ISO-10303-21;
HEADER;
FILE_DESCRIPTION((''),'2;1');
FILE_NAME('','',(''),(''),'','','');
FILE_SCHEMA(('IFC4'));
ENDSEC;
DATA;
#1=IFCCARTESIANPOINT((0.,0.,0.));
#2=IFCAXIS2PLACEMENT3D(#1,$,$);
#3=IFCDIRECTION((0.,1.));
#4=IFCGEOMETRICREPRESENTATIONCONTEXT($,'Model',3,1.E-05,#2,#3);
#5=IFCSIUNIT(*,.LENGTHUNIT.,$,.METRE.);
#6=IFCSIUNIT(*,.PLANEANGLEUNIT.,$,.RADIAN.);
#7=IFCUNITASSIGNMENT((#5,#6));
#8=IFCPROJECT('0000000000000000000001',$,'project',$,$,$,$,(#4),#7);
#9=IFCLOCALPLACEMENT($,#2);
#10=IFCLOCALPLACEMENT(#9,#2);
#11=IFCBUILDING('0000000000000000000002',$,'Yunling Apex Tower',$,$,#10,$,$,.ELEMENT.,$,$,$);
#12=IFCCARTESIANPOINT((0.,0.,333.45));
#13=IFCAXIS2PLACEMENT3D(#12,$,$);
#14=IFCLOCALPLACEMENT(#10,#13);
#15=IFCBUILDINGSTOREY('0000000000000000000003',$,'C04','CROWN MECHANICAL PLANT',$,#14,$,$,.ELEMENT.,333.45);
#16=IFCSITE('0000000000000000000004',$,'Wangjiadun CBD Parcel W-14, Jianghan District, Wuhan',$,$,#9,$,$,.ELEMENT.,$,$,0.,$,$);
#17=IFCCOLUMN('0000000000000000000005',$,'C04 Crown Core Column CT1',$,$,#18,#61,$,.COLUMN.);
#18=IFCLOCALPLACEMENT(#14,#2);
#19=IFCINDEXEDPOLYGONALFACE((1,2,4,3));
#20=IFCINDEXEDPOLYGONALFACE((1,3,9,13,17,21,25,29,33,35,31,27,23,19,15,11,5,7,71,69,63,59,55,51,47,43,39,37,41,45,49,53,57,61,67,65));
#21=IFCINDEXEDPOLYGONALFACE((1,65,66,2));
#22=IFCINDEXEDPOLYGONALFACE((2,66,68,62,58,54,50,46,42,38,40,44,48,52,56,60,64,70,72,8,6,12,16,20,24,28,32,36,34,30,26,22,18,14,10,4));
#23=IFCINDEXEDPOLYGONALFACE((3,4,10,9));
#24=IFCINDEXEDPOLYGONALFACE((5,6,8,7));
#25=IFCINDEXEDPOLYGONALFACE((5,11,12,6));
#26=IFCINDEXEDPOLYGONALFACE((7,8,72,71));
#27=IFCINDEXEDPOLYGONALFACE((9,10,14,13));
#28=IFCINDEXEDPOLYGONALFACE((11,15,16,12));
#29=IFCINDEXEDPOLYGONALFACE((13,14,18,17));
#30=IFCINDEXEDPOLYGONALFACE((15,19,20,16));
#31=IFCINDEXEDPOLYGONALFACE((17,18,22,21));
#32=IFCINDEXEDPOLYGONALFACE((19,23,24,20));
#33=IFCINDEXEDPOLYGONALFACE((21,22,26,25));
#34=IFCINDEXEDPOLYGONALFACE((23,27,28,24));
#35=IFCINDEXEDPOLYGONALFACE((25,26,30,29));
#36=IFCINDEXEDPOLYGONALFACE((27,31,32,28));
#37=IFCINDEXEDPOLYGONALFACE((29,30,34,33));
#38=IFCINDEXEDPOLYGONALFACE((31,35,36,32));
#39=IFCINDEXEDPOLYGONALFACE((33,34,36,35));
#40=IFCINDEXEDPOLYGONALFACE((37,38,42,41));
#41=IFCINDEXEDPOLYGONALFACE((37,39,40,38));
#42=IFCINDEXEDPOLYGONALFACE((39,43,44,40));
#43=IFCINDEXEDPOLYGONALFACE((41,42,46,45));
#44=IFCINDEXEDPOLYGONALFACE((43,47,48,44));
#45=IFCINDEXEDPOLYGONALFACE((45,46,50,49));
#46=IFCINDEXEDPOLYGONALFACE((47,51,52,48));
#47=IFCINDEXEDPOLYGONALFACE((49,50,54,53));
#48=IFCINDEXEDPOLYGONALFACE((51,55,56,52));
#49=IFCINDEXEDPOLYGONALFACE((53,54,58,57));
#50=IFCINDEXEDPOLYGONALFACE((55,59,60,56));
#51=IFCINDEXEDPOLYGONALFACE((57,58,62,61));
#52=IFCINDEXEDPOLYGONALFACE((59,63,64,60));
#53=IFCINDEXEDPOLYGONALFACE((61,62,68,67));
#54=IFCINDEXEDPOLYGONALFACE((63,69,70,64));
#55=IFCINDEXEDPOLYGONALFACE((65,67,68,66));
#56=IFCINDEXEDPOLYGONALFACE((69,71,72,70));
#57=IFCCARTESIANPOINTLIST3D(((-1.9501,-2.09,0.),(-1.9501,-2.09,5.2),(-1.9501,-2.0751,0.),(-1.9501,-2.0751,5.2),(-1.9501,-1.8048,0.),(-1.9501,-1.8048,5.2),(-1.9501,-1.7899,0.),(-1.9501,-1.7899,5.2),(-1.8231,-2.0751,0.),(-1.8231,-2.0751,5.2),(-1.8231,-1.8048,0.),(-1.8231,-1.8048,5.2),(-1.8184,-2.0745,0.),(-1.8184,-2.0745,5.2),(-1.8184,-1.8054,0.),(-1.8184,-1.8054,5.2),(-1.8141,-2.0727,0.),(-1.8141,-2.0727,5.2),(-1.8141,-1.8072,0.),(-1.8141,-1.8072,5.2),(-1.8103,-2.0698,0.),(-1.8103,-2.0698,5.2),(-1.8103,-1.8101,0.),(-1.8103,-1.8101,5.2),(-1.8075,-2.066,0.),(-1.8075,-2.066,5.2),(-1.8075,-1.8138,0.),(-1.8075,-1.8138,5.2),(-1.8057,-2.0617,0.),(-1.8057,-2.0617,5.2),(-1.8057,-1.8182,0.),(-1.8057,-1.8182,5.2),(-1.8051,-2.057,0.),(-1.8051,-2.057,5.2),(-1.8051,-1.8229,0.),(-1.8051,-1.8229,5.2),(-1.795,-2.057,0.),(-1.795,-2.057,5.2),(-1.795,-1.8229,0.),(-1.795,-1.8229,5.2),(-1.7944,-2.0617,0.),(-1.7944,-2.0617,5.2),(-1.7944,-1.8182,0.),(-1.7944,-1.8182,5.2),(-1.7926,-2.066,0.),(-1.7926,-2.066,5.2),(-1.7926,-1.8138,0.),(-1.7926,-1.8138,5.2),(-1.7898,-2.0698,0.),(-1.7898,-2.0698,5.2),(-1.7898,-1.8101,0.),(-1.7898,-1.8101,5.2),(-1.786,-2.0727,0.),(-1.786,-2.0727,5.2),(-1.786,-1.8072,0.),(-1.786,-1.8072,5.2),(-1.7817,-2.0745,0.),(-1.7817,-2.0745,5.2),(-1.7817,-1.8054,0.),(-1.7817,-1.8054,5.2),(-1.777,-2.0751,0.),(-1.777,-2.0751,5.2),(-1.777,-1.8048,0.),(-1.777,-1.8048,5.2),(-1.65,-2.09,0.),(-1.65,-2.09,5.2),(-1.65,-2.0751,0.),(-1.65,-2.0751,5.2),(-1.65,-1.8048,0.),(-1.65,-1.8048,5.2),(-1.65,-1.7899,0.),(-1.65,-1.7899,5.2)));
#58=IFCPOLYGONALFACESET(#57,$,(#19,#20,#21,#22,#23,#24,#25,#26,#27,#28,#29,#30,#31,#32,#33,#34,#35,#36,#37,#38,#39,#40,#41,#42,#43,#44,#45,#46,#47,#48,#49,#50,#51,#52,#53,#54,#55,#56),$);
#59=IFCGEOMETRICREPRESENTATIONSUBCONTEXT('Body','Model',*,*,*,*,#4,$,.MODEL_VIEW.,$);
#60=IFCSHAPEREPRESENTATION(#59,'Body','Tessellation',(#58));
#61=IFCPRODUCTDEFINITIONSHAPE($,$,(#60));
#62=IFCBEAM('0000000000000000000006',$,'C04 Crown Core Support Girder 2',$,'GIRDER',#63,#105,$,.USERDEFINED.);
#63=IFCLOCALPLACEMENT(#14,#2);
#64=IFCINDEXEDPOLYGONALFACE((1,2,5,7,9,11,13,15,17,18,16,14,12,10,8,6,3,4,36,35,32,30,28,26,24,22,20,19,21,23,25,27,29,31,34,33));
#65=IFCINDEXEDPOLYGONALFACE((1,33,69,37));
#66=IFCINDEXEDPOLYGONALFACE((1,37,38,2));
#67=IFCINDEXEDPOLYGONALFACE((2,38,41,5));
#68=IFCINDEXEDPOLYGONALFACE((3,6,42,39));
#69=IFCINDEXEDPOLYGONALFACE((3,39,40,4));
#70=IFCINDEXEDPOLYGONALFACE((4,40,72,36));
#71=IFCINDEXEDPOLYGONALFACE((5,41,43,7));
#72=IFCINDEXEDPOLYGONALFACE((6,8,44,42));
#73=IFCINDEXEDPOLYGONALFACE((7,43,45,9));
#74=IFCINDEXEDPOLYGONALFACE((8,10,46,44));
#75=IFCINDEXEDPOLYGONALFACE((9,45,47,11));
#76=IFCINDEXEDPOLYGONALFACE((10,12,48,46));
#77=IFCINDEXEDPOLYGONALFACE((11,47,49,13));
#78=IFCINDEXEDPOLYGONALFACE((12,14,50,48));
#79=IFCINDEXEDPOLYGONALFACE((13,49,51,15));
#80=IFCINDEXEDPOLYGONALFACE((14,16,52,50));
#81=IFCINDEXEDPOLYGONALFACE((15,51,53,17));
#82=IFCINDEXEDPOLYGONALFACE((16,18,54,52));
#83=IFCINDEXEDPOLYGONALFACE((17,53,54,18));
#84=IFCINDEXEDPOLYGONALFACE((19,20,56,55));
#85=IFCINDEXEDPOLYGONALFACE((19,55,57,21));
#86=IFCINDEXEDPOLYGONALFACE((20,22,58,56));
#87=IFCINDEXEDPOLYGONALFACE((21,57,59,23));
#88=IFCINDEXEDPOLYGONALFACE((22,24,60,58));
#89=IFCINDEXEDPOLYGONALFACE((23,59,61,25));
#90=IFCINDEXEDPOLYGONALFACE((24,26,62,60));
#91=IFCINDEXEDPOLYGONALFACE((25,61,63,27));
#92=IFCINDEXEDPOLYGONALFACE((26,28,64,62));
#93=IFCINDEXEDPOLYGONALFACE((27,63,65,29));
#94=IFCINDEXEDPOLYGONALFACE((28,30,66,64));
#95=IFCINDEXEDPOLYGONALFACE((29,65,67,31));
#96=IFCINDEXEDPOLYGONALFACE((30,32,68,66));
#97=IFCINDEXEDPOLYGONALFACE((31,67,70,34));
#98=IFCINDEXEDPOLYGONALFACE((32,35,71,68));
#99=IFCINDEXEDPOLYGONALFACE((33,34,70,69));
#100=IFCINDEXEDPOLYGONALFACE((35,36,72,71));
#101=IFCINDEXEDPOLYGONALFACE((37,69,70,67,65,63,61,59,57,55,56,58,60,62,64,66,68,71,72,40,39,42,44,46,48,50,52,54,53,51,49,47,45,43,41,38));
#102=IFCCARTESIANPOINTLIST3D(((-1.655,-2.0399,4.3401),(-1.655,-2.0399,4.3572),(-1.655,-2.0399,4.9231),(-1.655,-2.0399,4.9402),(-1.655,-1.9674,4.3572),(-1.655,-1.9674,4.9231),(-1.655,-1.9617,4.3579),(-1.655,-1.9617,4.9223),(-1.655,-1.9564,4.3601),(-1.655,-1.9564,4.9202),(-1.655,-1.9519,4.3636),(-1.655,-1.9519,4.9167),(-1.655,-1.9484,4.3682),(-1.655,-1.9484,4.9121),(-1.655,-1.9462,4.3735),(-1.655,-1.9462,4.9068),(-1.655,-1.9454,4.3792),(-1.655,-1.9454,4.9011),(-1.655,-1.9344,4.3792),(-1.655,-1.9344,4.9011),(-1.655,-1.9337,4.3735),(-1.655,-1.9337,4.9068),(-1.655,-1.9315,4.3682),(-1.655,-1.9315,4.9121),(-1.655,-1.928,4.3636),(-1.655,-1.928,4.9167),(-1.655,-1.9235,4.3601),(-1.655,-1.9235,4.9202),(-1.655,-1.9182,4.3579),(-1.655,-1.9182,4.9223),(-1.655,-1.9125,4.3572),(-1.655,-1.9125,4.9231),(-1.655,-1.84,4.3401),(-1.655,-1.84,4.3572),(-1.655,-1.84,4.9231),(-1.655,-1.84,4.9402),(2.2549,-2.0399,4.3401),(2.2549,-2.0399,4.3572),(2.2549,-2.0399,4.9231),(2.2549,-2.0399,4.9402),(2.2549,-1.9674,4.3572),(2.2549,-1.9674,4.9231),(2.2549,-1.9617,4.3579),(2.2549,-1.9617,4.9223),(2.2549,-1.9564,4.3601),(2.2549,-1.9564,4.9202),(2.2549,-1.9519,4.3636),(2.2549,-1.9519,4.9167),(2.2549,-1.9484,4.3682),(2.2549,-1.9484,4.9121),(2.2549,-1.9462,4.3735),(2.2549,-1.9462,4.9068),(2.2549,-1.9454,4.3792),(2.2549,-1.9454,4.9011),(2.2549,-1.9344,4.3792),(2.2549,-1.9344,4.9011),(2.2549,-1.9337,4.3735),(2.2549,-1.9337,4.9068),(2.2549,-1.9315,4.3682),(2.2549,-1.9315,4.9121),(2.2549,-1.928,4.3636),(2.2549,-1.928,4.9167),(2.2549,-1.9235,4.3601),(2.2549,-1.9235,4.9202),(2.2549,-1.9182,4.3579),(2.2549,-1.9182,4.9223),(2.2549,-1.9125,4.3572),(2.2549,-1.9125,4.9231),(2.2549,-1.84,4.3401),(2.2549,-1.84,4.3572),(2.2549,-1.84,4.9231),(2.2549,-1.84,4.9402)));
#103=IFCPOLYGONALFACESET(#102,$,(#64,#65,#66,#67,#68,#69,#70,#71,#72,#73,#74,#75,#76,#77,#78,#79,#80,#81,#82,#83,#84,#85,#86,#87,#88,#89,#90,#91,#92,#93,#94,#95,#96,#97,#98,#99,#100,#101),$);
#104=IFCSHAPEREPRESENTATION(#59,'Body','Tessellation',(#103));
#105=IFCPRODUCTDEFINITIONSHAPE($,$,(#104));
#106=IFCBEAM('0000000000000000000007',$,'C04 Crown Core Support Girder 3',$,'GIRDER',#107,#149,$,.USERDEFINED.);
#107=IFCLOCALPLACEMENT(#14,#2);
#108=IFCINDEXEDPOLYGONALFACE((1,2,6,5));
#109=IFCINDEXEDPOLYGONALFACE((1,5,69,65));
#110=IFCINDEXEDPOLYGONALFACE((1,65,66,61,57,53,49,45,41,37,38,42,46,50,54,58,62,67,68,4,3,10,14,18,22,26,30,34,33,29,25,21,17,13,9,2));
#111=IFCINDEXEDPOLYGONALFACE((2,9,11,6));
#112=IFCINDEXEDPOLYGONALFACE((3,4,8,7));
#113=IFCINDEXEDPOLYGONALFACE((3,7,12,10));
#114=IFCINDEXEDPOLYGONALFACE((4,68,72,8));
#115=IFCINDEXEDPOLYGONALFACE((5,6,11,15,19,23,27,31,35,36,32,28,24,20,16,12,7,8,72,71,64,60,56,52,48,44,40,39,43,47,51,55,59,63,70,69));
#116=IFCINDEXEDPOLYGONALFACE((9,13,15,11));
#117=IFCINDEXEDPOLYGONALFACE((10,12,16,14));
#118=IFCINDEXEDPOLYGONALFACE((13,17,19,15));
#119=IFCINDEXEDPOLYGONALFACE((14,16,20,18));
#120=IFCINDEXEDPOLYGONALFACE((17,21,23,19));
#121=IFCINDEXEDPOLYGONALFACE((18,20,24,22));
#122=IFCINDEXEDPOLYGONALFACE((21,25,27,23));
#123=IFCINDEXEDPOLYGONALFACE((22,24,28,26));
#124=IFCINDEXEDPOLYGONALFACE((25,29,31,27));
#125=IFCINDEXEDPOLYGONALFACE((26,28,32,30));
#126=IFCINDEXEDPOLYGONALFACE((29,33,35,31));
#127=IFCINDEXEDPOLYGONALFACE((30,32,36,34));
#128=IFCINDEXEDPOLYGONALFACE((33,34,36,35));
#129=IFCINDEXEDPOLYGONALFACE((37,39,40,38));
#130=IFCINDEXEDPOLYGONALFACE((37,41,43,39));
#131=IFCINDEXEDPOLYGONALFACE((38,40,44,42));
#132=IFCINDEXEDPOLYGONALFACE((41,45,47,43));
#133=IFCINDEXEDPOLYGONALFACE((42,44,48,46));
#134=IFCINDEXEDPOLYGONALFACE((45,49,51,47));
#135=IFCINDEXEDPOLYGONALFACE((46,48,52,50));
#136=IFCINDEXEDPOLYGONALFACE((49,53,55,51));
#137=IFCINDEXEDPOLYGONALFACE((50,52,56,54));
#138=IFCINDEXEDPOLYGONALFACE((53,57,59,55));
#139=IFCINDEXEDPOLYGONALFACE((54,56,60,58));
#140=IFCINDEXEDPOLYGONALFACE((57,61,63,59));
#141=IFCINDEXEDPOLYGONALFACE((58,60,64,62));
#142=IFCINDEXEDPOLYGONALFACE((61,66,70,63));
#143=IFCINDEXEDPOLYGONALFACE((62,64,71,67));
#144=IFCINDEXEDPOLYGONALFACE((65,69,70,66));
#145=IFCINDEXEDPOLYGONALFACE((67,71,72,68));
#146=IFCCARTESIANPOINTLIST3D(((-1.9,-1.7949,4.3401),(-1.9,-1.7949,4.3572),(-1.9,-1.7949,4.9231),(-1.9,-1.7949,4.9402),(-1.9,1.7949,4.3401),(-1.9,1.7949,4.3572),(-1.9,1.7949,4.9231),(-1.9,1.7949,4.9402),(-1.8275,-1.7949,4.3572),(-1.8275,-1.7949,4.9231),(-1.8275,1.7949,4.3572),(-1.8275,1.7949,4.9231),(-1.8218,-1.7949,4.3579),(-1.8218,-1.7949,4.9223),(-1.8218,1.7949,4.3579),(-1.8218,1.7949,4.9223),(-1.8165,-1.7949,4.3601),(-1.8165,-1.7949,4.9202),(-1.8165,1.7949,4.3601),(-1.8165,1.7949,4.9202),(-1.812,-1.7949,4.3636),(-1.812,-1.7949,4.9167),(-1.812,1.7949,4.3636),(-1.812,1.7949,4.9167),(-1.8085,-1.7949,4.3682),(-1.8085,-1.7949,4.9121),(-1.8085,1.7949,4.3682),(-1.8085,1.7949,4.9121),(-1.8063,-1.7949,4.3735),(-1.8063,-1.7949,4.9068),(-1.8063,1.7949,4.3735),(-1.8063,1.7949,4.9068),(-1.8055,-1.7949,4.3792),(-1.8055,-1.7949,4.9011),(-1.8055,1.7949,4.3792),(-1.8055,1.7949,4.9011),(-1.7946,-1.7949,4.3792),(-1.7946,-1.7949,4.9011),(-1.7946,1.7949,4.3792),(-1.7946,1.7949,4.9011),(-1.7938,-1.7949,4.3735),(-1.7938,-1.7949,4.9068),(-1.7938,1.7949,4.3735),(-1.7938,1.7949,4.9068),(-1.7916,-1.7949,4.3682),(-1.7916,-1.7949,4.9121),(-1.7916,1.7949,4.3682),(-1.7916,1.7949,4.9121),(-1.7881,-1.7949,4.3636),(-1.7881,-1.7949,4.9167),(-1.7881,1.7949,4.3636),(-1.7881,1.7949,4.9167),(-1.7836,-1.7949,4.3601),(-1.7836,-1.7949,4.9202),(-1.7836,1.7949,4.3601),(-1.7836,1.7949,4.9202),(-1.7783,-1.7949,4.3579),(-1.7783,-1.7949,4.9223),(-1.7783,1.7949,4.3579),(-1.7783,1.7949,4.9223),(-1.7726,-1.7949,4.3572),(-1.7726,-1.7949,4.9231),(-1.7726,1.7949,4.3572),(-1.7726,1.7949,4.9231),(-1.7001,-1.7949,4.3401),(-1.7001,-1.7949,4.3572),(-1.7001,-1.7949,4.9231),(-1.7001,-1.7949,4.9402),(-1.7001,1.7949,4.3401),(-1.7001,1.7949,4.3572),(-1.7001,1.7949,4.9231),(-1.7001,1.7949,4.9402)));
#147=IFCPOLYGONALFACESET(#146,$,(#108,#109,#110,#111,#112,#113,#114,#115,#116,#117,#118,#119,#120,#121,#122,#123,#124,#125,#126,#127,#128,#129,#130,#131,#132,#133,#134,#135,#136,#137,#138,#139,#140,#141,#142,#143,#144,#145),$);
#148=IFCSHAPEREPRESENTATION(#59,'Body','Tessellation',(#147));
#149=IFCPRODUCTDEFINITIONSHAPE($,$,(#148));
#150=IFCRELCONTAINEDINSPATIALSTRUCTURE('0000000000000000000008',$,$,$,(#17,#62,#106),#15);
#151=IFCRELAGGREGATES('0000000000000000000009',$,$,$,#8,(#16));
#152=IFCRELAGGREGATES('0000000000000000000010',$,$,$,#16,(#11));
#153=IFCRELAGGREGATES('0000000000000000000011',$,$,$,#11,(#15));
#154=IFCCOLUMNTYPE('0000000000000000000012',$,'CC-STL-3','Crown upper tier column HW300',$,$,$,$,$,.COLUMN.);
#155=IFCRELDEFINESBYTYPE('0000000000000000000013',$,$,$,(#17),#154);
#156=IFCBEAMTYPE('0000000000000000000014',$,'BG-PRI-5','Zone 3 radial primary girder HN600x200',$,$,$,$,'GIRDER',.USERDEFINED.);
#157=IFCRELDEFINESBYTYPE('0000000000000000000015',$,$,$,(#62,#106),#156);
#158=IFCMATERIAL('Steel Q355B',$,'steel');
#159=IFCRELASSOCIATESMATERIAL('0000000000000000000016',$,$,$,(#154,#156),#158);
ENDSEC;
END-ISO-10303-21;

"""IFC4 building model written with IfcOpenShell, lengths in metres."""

from ifc_helpers import new_model, si_unit, direction, frame, origin, origin_2d, place, context, subcontext, project, spatial, i_section, extrude, source, transform, mapped, material, material_profile, profile_set, type_object, element, save


model = new_model("IFC4")

# Units and contexts
model_context = context("Model", 3, precision=1e-05, world=origin(), true_north=direction((0.0, 1.0)))
body_context = subcontext(model_context, "Body", "Model", "MODEL_VIEW")
ifc_project = project(units=[si_unit("LENGTHUNIT", "METRE"), si_unit("PLANEANGLEUNIT", "RADIAN")], contexts=[model_context])

# Site, building, storey
site_placement = place(None, origin())
site = spatial("IfcSite", under=ifc_project, at=site_placement, Name="Wangjiadun CBD Parcel W-14, Jianghan District, Wuhan", CompositionType="ELEMENT", RefElevation=0.0)
building_placement = place(site_placement, origin())
building = spatial("IfcBuilding", under=site, at=building_placement, Name="Yunling Apex Tower", CompositionType="ELEMENT")
storey_placement = place(building_placement, frame((0.0, 0.0, 333.45)))
storey = spatial("IfcBuildingStorey", under=building, at=storey_placement, Name="C04", Description="CROWN MECHANICAL PLANT", CompositionType="ELEMENT", Elevation=333.45)

# Column
ifc_material_1 = material(Name="Steel Q355B", Category="steel")
ifc_material_profile_1 = material_profile(ifc_material_1, i_section(OverallWidth=0.3, OverallDepth=0.3, WebThickness=0.01, FlangeThickness=0.0149, FilletRadius=0.0181, at=origin_2d()))
ifc_profile_set_1 = profile_set([ifc_material_profile_1], Name="Steel Q355B")
column_type = type_object("IfcColumnType", Name="CC-STL-3", Description="Crown upper tier column HW300", PredefinedType="COLUMN", material=ifc_profile_set_1)
shared_shape_1 = source(origin(), body_context, "Body", "SweptSolid", [
    extrude(i_section(OverallWidth=0.3, OverallDepth=0.3, WebThickness=0.01, FlangeThickness=0.0149, FilletRadius=0.0181, at=origin_2d()), origin(), (0.0, 0.0, 1.0), 5.2),
])
column_placement = place(storey_placement, frame((-1.8, -1.9399, 0.0), z_axis=(0.0, 0.0, 1.0), x_axis=(1.0, 0.0, 0.0)))
element("IfcColumn", 1, at=column_placement, inside=storey, type_object=column_type, Name="C04 Crown Core Column CT1", PredefinedType="COLUMN", context=body_context, shape_type="MappedRepresentation", body=[
    mapped(shared_shape_1, transform((0.0, 0.0, 0.0), scale=1.0)),
])

# Beams
ifc_material_profile_2 = material_profile(ifc_material_1, i_section(OverallWidth=0.2, OverallDepth=0.6001, WebThickness=0.011, FlangeThickness=0.0171, FilletRadius=0.022, at=origin_2d()))
ifc_profile_set_2 = profile_set([ifc_material_profile_2], Name="Steel Q355B")
beam_type = type_object("IfcBeamType", Name="BG-PRI-5", Description="Zone 3 radial primary girder HN600x200", ElementType="GIRDER", PredefinedType="USERDEFINED", material=ifc_profile_set_2)
shared_shape_2 = source(origin(), body_context, "Body", "SweptSolid", [
    extrude(i_section(OverallWidth=0.2, OverallDepth=0.6001, WebThickness=0.011, FlangeThickness=0.0171, FilletRadius=0.022, at=origin_2d()), origin(), (0.0, 0.0, 1.0), 3.9099),
])
beam_1_placement = place(storey_placement, frame((-1.655, -1.9399, 4.6401), z_axis=(1.0, 0.0, 0.0), x_axis=(0.0, 1.0, 0.0)))
element("IfcBeam", 2, at=beam_1_placement, inside=storey, type_object=beam_type, Name="C04 Crown Core Support Girder 2", ObjectType="GIRDER", PredefinedType="USERDEFINED", context=body_context, shape_type="MappedRepresentation", body=[
    mapped(shared_shape_2, transform((0.0, 0.0, 0.0), scale=1.0)),
])
shared_shape_3 = source(origin(), body_context, "Body", "SweptSolid", [
    extrude(i_section(OverallWidth=0.2, OverallDepth=0.6001, WebThickness=0.011, FlangeThickness=0.0171, FilletRadius=0.022, at=origin_2d()), origin(), (0.0, 0.0, 1.0), 3.5898),
])
beam_2_placement = place(storey_placement, frame((-1.8, -1.7949, 4.6401), z_axis=(0.0, 1.0, 0.0), x_axis=(-1.0, 0.0, 0.0)))
element("IfcBeam", 3, at=beam_2_placement, inside=storey, type_object=beam_type, Name="C04 Crown Core Support Girder 3", ObjectType="GIRDER", PredefinedType="USERDEFINED", context=body_context, shape_type="MappedRepresentation", body=[
    mapped(shared_shape_3, transform((0.0, 0.0, 0.0), scale=1.0)),
])

save(model, "model.ifc")
